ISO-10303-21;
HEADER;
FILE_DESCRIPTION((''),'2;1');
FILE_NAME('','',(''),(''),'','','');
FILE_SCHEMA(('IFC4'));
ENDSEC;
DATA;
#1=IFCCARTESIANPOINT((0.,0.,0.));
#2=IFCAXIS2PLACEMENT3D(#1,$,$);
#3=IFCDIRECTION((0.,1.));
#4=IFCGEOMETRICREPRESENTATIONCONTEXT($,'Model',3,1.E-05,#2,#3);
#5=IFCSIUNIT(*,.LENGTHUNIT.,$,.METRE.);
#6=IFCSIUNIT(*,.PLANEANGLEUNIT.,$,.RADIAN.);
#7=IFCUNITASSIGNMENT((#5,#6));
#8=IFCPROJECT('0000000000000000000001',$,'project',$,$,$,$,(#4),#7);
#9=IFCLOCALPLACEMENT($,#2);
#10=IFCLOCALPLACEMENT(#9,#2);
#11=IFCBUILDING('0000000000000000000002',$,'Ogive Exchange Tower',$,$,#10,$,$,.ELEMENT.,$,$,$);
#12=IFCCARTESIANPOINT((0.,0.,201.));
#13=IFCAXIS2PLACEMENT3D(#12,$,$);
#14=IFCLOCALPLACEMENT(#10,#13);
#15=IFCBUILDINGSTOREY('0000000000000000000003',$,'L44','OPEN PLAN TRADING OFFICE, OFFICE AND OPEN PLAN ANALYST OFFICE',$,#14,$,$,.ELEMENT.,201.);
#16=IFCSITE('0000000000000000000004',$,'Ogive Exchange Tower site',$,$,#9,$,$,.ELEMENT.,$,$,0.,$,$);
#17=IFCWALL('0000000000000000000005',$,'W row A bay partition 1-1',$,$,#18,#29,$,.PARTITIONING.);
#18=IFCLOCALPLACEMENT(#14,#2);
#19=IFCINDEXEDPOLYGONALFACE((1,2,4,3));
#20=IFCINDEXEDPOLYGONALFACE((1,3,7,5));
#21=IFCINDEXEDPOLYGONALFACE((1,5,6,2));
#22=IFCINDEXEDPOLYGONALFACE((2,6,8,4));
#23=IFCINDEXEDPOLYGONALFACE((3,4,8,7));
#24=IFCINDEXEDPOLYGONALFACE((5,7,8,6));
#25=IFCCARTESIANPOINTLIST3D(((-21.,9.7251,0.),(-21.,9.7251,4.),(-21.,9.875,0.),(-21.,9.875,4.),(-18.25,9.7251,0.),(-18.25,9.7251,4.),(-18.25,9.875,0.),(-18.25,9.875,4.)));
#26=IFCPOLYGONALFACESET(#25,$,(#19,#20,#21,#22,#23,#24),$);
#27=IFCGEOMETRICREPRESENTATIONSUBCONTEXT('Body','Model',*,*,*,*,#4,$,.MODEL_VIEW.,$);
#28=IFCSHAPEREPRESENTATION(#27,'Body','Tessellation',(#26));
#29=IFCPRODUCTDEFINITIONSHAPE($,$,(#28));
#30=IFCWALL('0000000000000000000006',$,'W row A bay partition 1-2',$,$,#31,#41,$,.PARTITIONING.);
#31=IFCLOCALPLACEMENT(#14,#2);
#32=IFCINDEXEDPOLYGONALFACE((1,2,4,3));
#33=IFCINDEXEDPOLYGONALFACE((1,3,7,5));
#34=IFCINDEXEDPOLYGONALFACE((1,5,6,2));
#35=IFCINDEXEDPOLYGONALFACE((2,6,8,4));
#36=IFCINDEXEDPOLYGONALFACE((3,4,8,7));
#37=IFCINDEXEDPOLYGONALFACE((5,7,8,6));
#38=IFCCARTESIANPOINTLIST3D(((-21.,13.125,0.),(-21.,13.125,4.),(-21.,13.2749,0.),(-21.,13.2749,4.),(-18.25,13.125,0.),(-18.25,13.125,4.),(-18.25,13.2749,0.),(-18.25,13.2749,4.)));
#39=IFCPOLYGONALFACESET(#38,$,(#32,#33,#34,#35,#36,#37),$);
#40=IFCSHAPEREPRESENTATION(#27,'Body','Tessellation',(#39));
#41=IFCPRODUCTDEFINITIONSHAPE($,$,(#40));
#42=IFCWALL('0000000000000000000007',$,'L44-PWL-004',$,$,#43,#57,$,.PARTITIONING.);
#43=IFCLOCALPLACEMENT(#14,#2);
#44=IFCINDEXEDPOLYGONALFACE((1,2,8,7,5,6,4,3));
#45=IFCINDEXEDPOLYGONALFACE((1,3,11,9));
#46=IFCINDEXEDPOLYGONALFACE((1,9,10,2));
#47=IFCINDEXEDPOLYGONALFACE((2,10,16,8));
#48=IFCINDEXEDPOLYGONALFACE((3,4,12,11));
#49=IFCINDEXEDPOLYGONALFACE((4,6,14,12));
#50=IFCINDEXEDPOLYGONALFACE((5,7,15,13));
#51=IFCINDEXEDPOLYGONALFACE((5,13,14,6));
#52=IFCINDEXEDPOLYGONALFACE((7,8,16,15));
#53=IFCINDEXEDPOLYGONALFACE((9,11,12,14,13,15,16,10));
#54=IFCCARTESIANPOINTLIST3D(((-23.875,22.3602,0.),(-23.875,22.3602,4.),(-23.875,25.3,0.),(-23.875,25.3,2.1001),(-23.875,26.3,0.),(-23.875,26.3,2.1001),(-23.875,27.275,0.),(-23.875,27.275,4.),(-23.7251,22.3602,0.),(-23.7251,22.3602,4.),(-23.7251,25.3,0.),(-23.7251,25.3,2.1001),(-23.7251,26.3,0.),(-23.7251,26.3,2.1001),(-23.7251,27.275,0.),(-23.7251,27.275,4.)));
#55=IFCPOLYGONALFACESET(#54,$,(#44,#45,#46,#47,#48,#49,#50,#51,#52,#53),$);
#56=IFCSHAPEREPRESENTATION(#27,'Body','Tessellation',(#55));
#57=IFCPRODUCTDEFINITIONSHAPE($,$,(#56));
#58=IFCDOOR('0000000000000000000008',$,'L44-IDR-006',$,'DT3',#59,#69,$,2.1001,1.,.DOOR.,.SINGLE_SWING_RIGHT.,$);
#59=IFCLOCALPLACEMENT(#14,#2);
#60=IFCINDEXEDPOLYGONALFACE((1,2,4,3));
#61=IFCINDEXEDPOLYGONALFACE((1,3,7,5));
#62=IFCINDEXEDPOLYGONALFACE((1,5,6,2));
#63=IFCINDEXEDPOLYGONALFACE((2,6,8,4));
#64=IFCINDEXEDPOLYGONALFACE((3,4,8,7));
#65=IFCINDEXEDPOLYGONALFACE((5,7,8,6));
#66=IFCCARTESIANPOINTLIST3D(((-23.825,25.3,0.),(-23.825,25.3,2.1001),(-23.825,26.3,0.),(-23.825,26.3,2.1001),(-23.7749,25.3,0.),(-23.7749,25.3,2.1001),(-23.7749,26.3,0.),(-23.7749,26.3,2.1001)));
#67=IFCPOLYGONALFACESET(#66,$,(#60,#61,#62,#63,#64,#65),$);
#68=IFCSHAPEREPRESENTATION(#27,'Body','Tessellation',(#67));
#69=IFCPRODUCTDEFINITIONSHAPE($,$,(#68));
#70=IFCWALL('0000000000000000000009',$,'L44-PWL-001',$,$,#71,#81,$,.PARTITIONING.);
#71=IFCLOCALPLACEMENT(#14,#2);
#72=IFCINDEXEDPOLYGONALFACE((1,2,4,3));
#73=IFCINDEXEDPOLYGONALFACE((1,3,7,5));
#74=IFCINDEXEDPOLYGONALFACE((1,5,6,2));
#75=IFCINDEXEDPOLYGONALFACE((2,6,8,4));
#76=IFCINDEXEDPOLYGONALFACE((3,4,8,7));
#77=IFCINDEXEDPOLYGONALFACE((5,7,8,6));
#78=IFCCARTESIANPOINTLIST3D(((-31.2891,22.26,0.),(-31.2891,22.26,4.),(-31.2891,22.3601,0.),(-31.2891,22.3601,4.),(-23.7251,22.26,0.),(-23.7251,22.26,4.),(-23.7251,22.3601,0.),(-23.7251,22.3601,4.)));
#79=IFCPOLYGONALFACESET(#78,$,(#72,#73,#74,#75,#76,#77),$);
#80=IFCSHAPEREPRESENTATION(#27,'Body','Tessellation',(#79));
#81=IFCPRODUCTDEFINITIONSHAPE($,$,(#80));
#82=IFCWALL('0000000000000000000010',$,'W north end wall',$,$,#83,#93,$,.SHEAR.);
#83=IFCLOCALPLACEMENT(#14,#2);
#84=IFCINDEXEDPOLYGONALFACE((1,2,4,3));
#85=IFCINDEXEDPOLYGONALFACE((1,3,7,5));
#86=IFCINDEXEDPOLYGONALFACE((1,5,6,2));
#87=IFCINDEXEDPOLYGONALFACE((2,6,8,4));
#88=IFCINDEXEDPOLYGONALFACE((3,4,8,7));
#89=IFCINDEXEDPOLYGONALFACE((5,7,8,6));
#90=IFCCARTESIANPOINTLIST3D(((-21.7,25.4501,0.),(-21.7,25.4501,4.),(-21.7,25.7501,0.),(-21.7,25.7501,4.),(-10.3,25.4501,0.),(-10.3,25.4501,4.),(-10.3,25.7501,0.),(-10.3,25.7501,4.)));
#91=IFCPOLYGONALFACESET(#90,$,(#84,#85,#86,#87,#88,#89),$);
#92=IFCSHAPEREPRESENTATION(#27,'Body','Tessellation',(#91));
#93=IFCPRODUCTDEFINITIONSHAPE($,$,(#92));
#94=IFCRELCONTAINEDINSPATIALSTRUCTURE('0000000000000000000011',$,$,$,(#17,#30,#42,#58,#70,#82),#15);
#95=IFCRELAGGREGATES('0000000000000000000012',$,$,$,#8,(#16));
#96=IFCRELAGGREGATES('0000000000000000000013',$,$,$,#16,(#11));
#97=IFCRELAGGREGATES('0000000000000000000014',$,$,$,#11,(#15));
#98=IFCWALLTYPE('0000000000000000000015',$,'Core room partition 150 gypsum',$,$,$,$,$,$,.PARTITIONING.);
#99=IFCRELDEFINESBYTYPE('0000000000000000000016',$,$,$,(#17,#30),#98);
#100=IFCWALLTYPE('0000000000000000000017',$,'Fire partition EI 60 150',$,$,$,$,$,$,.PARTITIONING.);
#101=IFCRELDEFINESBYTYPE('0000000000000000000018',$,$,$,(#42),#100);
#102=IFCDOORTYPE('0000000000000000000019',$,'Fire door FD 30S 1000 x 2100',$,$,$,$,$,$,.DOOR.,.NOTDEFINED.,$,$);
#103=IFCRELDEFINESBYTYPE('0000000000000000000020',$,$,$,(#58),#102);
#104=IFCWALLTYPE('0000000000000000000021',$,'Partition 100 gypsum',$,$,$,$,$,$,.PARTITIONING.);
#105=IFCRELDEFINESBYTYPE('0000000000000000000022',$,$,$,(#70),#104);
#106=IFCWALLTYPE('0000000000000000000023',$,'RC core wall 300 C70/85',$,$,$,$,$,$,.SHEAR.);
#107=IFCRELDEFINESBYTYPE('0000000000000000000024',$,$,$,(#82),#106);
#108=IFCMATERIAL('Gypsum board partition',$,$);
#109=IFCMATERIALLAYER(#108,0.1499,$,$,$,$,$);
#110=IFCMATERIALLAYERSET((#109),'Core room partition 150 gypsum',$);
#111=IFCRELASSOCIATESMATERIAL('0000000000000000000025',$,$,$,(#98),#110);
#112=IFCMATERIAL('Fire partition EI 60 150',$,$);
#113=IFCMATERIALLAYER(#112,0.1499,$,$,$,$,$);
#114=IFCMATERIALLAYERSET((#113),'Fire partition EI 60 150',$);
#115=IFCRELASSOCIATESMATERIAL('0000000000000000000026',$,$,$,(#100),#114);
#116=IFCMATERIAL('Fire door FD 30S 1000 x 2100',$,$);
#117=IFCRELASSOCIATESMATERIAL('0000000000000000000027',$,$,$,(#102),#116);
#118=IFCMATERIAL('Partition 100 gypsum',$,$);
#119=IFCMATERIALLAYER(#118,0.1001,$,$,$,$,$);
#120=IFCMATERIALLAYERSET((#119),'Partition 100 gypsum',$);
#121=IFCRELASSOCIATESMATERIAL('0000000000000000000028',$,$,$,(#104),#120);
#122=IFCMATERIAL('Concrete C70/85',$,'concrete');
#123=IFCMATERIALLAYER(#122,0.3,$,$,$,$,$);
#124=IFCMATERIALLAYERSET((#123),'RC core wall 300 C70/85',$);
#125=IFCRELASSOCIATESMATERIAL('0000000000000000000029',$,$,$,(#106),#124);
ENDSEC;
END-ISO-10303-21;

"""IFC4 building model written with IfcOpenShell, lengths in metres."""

from ifc_helpers import new_model, si_unit, direction, frame, frame_2d, origin, place, context, subcontext, project, spatial, rectangle, extrude, material, layer, layer_set, type_object, element, fill, save


model = new_model("IFC4")

# Units and contexts
model_context = context("Model", 3, precision=1e-05, world=origin(), true_north=direction((0.0, 1.0)))
body_context = subcontext(model_context, "Body", "Model", "MODEL_VIEW")
ifc_project = project(units=[si_unit("LENGTHUNIT", "METRE"), si_unit("PLANEANGLEUNIT", "RADIAN")], contexts=[model_context])

# Site, building, storey
site_placement = place(None, origin())
site = spatial("IfcSite", under=ifc_project, at=site_placement, Name="Ogive Exchange Tower site", CompositionType="ELEMENT", RefElevation=0.0)
building_placement = place(site_placement, origin())
building = spatial("IfcBuilding", under=site, at=building_placement, Name="Ogive Exchange Tower", CompositionType="ELEMENT")
storey_placement = place(building_placement, frame((0.0, 0.0, 201.0)))
storey = spatial("IfcBuildingStorey", under=building, at=storey_placement, Name="L44", Description="OPEN PLAN TRADING OFFICE, OFFICE AND OPEN PLAN ANALYST OFFICE", CompositionType="ELEMENT", Elevation=201.0)

# Walls
ifc_material_1 = material(Name="Gypsum board partition")
ifc_layer_1 = layer(ifc_material_1, 0.1499)
ifc_layer_set_1 = layer_set([ifc_layer_1], Name="Core room partition 150 gypsum")
wall_type_1 = type_object("IfcWallType", Name="Core room partition 150 gypsum", PredefinedType="PARTITIONING", material=ifc_layer_set_1)
for number, where, z_axis, x_axis, name in (
    (1, (-21.0, 9.8, 0.0), (0.0, 0.0, 1.0), (1.0, 0.0, 0.0), "W row A bay partition 1-1"),
    (2, (-21.0, 13.2, 0.0), (0.0, 0.0, 1.0), (1.0, 0.0, 0.0), "W row A bay partition 1-2"),
):
    element("IfcWall", number, at=place(storey_placement, frame(where, z_axis=z_axis, x_axis=x_axis)), inside=storey, type_object=wall_type_1, Name=name, PredefinedType="PARTITIONING", context=body_context, shape_type="SweptSolid", body=[
        extrude(rectangle(XDim=2.75, YDim=0.1499, at=frame_2d((1.375, 0.0))), origin(), (0.0, 0.0, 1.0), 4.0),
    ])

# Wall, opening, door
ifc_material_2 = material(Name="Fire partition EI 60 150")
ifc_layer_2 = layer(ifc_material_2, 0.1499)
ifc_layer_set_2 = layer_set([ifc_layer_2], Name="Fire partition EI 60 150")
wall_type_2 = type_object("IfcWallType", Name="Fire partition EI 60 150", PredefinedType="PARTITIONING", material=ifc_layer_set_2)
wall_1_placement = place(storey_placement, frame((-23.8, 22.3601, 0.0), z_axis=(0.0, 0.0, 1.0), x_axis=(0.0, 1.0, 0.0)))
wall_1 = element("IfcWall", 3, at=wall_1_placement, inside=storey, type_object=wall_type_2, Name="L44-PWL-004", PredefinedType="PARTITIONING", context=body_context, shape_type="SweptSolid", body=[
    extrude(rectangle(XDim=4.9148, YDim=0.1499, at=frame_2d((2.4575, 0.0))), origin(), (0.0, 0.0, 1.0), 4.0),
])
opening_placement = place(wall_1_placement, frame((2.9399, 0.0, 0.0)))
opening = element("IfcOpeningElement", 4, at=opening_placement, cuts=wall_1, PredefinedType="OPENING", context=body_context, shape_type="SweptSolid", body=[
    extrude(rectangle(XDim=1.0, YDim=2.1001, at=frame_2d((0.5, 1.05))), frame((0.0, 0.085, 0.0), z_axis=(0.0, -1.0, 0.0), x_axis=(1.0, 0.0, 0.0)), (0.0, 0.0, 1.0), 0.1699),
])
ifc_material_3 = material(Name="Fire door FD 30S 1000 x 2100")
door_type = type_object("IfcDoorType", Name="Fire door FD 30S 1000 x 2100", OperationType="NOTDEFINED", PredefinedType="DOOR", material=ifc_material_3)
door_placement = place(opening_placement, origin())
door = element("IfcDoor", 5, at=door_placement, inside=storey, type_object=door_type, Name="L44-IDR-006", ObjectType="DT3", OperationType="SINGLE_SWING_RIGHT", OverallHeight=2.1001, OverallWidth=1.0, PredefinedType="DOOR", context=body_context, shape_type="SweptSolid", body=[
    extrude(rectangle(XDim=1.0, YDim=2.1001, at=frame_2d((0.5, 1.05))), frame((0.0, 0.0249, 0.0), z_axis=(0.0, -1.0, 0.0), x_axis=(1.0, 0.0, 0.0)), (0.0, 0.0, 1.0), 0.05),
])
fill(opening, door)

# Walls
ifc_material_4 = material(Name="Partition 100 gypsum")
ifc_layer_3 = layer(ifc_material_4, 0.1001)
ifc_layer_set_3 = layer_set([ifc_layer_3], Name="Partition 100 gypsum")
wall_type_3 = type_object("IfcWallType", Name="Partition 100 gypsum", PredefinedType="PARTITIONING", material=ifc_layer_set_3)
wall_2_placement = place(storey_placement, frame((-31.2891, 22.3101, 0.0), z_axis=(0.0, 0.0, 1.0), x_axis=(1.0, 0.0, 0.0)))
element("IfcWall", 6, at=wall_2_placement, inside=storey, type_object=wall_type_3, Name="L44-PWL-001", PredefinedType="PARTITIONING", context=body_context, shape_type="SweptSolid", body=[
    extrude(rectangle(XDim=7.564, YDim=0.1001, at=frame_2d((3.782, 0.0))), origin(), (0.0, 0.0, 1.0), 4.0),
])
ifc_material_5 = material(Name="Concrete C70/85", Category="concrete")
ifc_layer_4 = layer(ifc_material_5, 0.3)
ifc_layer_set_4 = layer_set([ifc_layer_4], Name="RC core wall 300 C70/85")
wall_type_4 = type_object("IfcWallType", Name="RC core wall 300 C70/85", PredefinedType="SHEAR", material=ifc_layer_set_4)
wall_3_placement = place(storey_placement, frame((-21.7, 25.6001, 0.0), z_axis=(0.0, 0.0, 1.0), x_axis=(1.0, 0.0, 0.0)))
element("IfcWall", 7, at=wall_3_placement, inside=storey, type_object=wall_type_4, Name="W north end wall", PredefinedType="SHEAR", context=body_context, shape_type="SweptSolid", body=[
    extrude(rectangle(XDim=11.3999, YDim=0.3, at=frame_2d((5.7, 0.0))), origin(), (0.0, 0.0, 1.0), 4.0),
])

save(model, "model.ifc")
